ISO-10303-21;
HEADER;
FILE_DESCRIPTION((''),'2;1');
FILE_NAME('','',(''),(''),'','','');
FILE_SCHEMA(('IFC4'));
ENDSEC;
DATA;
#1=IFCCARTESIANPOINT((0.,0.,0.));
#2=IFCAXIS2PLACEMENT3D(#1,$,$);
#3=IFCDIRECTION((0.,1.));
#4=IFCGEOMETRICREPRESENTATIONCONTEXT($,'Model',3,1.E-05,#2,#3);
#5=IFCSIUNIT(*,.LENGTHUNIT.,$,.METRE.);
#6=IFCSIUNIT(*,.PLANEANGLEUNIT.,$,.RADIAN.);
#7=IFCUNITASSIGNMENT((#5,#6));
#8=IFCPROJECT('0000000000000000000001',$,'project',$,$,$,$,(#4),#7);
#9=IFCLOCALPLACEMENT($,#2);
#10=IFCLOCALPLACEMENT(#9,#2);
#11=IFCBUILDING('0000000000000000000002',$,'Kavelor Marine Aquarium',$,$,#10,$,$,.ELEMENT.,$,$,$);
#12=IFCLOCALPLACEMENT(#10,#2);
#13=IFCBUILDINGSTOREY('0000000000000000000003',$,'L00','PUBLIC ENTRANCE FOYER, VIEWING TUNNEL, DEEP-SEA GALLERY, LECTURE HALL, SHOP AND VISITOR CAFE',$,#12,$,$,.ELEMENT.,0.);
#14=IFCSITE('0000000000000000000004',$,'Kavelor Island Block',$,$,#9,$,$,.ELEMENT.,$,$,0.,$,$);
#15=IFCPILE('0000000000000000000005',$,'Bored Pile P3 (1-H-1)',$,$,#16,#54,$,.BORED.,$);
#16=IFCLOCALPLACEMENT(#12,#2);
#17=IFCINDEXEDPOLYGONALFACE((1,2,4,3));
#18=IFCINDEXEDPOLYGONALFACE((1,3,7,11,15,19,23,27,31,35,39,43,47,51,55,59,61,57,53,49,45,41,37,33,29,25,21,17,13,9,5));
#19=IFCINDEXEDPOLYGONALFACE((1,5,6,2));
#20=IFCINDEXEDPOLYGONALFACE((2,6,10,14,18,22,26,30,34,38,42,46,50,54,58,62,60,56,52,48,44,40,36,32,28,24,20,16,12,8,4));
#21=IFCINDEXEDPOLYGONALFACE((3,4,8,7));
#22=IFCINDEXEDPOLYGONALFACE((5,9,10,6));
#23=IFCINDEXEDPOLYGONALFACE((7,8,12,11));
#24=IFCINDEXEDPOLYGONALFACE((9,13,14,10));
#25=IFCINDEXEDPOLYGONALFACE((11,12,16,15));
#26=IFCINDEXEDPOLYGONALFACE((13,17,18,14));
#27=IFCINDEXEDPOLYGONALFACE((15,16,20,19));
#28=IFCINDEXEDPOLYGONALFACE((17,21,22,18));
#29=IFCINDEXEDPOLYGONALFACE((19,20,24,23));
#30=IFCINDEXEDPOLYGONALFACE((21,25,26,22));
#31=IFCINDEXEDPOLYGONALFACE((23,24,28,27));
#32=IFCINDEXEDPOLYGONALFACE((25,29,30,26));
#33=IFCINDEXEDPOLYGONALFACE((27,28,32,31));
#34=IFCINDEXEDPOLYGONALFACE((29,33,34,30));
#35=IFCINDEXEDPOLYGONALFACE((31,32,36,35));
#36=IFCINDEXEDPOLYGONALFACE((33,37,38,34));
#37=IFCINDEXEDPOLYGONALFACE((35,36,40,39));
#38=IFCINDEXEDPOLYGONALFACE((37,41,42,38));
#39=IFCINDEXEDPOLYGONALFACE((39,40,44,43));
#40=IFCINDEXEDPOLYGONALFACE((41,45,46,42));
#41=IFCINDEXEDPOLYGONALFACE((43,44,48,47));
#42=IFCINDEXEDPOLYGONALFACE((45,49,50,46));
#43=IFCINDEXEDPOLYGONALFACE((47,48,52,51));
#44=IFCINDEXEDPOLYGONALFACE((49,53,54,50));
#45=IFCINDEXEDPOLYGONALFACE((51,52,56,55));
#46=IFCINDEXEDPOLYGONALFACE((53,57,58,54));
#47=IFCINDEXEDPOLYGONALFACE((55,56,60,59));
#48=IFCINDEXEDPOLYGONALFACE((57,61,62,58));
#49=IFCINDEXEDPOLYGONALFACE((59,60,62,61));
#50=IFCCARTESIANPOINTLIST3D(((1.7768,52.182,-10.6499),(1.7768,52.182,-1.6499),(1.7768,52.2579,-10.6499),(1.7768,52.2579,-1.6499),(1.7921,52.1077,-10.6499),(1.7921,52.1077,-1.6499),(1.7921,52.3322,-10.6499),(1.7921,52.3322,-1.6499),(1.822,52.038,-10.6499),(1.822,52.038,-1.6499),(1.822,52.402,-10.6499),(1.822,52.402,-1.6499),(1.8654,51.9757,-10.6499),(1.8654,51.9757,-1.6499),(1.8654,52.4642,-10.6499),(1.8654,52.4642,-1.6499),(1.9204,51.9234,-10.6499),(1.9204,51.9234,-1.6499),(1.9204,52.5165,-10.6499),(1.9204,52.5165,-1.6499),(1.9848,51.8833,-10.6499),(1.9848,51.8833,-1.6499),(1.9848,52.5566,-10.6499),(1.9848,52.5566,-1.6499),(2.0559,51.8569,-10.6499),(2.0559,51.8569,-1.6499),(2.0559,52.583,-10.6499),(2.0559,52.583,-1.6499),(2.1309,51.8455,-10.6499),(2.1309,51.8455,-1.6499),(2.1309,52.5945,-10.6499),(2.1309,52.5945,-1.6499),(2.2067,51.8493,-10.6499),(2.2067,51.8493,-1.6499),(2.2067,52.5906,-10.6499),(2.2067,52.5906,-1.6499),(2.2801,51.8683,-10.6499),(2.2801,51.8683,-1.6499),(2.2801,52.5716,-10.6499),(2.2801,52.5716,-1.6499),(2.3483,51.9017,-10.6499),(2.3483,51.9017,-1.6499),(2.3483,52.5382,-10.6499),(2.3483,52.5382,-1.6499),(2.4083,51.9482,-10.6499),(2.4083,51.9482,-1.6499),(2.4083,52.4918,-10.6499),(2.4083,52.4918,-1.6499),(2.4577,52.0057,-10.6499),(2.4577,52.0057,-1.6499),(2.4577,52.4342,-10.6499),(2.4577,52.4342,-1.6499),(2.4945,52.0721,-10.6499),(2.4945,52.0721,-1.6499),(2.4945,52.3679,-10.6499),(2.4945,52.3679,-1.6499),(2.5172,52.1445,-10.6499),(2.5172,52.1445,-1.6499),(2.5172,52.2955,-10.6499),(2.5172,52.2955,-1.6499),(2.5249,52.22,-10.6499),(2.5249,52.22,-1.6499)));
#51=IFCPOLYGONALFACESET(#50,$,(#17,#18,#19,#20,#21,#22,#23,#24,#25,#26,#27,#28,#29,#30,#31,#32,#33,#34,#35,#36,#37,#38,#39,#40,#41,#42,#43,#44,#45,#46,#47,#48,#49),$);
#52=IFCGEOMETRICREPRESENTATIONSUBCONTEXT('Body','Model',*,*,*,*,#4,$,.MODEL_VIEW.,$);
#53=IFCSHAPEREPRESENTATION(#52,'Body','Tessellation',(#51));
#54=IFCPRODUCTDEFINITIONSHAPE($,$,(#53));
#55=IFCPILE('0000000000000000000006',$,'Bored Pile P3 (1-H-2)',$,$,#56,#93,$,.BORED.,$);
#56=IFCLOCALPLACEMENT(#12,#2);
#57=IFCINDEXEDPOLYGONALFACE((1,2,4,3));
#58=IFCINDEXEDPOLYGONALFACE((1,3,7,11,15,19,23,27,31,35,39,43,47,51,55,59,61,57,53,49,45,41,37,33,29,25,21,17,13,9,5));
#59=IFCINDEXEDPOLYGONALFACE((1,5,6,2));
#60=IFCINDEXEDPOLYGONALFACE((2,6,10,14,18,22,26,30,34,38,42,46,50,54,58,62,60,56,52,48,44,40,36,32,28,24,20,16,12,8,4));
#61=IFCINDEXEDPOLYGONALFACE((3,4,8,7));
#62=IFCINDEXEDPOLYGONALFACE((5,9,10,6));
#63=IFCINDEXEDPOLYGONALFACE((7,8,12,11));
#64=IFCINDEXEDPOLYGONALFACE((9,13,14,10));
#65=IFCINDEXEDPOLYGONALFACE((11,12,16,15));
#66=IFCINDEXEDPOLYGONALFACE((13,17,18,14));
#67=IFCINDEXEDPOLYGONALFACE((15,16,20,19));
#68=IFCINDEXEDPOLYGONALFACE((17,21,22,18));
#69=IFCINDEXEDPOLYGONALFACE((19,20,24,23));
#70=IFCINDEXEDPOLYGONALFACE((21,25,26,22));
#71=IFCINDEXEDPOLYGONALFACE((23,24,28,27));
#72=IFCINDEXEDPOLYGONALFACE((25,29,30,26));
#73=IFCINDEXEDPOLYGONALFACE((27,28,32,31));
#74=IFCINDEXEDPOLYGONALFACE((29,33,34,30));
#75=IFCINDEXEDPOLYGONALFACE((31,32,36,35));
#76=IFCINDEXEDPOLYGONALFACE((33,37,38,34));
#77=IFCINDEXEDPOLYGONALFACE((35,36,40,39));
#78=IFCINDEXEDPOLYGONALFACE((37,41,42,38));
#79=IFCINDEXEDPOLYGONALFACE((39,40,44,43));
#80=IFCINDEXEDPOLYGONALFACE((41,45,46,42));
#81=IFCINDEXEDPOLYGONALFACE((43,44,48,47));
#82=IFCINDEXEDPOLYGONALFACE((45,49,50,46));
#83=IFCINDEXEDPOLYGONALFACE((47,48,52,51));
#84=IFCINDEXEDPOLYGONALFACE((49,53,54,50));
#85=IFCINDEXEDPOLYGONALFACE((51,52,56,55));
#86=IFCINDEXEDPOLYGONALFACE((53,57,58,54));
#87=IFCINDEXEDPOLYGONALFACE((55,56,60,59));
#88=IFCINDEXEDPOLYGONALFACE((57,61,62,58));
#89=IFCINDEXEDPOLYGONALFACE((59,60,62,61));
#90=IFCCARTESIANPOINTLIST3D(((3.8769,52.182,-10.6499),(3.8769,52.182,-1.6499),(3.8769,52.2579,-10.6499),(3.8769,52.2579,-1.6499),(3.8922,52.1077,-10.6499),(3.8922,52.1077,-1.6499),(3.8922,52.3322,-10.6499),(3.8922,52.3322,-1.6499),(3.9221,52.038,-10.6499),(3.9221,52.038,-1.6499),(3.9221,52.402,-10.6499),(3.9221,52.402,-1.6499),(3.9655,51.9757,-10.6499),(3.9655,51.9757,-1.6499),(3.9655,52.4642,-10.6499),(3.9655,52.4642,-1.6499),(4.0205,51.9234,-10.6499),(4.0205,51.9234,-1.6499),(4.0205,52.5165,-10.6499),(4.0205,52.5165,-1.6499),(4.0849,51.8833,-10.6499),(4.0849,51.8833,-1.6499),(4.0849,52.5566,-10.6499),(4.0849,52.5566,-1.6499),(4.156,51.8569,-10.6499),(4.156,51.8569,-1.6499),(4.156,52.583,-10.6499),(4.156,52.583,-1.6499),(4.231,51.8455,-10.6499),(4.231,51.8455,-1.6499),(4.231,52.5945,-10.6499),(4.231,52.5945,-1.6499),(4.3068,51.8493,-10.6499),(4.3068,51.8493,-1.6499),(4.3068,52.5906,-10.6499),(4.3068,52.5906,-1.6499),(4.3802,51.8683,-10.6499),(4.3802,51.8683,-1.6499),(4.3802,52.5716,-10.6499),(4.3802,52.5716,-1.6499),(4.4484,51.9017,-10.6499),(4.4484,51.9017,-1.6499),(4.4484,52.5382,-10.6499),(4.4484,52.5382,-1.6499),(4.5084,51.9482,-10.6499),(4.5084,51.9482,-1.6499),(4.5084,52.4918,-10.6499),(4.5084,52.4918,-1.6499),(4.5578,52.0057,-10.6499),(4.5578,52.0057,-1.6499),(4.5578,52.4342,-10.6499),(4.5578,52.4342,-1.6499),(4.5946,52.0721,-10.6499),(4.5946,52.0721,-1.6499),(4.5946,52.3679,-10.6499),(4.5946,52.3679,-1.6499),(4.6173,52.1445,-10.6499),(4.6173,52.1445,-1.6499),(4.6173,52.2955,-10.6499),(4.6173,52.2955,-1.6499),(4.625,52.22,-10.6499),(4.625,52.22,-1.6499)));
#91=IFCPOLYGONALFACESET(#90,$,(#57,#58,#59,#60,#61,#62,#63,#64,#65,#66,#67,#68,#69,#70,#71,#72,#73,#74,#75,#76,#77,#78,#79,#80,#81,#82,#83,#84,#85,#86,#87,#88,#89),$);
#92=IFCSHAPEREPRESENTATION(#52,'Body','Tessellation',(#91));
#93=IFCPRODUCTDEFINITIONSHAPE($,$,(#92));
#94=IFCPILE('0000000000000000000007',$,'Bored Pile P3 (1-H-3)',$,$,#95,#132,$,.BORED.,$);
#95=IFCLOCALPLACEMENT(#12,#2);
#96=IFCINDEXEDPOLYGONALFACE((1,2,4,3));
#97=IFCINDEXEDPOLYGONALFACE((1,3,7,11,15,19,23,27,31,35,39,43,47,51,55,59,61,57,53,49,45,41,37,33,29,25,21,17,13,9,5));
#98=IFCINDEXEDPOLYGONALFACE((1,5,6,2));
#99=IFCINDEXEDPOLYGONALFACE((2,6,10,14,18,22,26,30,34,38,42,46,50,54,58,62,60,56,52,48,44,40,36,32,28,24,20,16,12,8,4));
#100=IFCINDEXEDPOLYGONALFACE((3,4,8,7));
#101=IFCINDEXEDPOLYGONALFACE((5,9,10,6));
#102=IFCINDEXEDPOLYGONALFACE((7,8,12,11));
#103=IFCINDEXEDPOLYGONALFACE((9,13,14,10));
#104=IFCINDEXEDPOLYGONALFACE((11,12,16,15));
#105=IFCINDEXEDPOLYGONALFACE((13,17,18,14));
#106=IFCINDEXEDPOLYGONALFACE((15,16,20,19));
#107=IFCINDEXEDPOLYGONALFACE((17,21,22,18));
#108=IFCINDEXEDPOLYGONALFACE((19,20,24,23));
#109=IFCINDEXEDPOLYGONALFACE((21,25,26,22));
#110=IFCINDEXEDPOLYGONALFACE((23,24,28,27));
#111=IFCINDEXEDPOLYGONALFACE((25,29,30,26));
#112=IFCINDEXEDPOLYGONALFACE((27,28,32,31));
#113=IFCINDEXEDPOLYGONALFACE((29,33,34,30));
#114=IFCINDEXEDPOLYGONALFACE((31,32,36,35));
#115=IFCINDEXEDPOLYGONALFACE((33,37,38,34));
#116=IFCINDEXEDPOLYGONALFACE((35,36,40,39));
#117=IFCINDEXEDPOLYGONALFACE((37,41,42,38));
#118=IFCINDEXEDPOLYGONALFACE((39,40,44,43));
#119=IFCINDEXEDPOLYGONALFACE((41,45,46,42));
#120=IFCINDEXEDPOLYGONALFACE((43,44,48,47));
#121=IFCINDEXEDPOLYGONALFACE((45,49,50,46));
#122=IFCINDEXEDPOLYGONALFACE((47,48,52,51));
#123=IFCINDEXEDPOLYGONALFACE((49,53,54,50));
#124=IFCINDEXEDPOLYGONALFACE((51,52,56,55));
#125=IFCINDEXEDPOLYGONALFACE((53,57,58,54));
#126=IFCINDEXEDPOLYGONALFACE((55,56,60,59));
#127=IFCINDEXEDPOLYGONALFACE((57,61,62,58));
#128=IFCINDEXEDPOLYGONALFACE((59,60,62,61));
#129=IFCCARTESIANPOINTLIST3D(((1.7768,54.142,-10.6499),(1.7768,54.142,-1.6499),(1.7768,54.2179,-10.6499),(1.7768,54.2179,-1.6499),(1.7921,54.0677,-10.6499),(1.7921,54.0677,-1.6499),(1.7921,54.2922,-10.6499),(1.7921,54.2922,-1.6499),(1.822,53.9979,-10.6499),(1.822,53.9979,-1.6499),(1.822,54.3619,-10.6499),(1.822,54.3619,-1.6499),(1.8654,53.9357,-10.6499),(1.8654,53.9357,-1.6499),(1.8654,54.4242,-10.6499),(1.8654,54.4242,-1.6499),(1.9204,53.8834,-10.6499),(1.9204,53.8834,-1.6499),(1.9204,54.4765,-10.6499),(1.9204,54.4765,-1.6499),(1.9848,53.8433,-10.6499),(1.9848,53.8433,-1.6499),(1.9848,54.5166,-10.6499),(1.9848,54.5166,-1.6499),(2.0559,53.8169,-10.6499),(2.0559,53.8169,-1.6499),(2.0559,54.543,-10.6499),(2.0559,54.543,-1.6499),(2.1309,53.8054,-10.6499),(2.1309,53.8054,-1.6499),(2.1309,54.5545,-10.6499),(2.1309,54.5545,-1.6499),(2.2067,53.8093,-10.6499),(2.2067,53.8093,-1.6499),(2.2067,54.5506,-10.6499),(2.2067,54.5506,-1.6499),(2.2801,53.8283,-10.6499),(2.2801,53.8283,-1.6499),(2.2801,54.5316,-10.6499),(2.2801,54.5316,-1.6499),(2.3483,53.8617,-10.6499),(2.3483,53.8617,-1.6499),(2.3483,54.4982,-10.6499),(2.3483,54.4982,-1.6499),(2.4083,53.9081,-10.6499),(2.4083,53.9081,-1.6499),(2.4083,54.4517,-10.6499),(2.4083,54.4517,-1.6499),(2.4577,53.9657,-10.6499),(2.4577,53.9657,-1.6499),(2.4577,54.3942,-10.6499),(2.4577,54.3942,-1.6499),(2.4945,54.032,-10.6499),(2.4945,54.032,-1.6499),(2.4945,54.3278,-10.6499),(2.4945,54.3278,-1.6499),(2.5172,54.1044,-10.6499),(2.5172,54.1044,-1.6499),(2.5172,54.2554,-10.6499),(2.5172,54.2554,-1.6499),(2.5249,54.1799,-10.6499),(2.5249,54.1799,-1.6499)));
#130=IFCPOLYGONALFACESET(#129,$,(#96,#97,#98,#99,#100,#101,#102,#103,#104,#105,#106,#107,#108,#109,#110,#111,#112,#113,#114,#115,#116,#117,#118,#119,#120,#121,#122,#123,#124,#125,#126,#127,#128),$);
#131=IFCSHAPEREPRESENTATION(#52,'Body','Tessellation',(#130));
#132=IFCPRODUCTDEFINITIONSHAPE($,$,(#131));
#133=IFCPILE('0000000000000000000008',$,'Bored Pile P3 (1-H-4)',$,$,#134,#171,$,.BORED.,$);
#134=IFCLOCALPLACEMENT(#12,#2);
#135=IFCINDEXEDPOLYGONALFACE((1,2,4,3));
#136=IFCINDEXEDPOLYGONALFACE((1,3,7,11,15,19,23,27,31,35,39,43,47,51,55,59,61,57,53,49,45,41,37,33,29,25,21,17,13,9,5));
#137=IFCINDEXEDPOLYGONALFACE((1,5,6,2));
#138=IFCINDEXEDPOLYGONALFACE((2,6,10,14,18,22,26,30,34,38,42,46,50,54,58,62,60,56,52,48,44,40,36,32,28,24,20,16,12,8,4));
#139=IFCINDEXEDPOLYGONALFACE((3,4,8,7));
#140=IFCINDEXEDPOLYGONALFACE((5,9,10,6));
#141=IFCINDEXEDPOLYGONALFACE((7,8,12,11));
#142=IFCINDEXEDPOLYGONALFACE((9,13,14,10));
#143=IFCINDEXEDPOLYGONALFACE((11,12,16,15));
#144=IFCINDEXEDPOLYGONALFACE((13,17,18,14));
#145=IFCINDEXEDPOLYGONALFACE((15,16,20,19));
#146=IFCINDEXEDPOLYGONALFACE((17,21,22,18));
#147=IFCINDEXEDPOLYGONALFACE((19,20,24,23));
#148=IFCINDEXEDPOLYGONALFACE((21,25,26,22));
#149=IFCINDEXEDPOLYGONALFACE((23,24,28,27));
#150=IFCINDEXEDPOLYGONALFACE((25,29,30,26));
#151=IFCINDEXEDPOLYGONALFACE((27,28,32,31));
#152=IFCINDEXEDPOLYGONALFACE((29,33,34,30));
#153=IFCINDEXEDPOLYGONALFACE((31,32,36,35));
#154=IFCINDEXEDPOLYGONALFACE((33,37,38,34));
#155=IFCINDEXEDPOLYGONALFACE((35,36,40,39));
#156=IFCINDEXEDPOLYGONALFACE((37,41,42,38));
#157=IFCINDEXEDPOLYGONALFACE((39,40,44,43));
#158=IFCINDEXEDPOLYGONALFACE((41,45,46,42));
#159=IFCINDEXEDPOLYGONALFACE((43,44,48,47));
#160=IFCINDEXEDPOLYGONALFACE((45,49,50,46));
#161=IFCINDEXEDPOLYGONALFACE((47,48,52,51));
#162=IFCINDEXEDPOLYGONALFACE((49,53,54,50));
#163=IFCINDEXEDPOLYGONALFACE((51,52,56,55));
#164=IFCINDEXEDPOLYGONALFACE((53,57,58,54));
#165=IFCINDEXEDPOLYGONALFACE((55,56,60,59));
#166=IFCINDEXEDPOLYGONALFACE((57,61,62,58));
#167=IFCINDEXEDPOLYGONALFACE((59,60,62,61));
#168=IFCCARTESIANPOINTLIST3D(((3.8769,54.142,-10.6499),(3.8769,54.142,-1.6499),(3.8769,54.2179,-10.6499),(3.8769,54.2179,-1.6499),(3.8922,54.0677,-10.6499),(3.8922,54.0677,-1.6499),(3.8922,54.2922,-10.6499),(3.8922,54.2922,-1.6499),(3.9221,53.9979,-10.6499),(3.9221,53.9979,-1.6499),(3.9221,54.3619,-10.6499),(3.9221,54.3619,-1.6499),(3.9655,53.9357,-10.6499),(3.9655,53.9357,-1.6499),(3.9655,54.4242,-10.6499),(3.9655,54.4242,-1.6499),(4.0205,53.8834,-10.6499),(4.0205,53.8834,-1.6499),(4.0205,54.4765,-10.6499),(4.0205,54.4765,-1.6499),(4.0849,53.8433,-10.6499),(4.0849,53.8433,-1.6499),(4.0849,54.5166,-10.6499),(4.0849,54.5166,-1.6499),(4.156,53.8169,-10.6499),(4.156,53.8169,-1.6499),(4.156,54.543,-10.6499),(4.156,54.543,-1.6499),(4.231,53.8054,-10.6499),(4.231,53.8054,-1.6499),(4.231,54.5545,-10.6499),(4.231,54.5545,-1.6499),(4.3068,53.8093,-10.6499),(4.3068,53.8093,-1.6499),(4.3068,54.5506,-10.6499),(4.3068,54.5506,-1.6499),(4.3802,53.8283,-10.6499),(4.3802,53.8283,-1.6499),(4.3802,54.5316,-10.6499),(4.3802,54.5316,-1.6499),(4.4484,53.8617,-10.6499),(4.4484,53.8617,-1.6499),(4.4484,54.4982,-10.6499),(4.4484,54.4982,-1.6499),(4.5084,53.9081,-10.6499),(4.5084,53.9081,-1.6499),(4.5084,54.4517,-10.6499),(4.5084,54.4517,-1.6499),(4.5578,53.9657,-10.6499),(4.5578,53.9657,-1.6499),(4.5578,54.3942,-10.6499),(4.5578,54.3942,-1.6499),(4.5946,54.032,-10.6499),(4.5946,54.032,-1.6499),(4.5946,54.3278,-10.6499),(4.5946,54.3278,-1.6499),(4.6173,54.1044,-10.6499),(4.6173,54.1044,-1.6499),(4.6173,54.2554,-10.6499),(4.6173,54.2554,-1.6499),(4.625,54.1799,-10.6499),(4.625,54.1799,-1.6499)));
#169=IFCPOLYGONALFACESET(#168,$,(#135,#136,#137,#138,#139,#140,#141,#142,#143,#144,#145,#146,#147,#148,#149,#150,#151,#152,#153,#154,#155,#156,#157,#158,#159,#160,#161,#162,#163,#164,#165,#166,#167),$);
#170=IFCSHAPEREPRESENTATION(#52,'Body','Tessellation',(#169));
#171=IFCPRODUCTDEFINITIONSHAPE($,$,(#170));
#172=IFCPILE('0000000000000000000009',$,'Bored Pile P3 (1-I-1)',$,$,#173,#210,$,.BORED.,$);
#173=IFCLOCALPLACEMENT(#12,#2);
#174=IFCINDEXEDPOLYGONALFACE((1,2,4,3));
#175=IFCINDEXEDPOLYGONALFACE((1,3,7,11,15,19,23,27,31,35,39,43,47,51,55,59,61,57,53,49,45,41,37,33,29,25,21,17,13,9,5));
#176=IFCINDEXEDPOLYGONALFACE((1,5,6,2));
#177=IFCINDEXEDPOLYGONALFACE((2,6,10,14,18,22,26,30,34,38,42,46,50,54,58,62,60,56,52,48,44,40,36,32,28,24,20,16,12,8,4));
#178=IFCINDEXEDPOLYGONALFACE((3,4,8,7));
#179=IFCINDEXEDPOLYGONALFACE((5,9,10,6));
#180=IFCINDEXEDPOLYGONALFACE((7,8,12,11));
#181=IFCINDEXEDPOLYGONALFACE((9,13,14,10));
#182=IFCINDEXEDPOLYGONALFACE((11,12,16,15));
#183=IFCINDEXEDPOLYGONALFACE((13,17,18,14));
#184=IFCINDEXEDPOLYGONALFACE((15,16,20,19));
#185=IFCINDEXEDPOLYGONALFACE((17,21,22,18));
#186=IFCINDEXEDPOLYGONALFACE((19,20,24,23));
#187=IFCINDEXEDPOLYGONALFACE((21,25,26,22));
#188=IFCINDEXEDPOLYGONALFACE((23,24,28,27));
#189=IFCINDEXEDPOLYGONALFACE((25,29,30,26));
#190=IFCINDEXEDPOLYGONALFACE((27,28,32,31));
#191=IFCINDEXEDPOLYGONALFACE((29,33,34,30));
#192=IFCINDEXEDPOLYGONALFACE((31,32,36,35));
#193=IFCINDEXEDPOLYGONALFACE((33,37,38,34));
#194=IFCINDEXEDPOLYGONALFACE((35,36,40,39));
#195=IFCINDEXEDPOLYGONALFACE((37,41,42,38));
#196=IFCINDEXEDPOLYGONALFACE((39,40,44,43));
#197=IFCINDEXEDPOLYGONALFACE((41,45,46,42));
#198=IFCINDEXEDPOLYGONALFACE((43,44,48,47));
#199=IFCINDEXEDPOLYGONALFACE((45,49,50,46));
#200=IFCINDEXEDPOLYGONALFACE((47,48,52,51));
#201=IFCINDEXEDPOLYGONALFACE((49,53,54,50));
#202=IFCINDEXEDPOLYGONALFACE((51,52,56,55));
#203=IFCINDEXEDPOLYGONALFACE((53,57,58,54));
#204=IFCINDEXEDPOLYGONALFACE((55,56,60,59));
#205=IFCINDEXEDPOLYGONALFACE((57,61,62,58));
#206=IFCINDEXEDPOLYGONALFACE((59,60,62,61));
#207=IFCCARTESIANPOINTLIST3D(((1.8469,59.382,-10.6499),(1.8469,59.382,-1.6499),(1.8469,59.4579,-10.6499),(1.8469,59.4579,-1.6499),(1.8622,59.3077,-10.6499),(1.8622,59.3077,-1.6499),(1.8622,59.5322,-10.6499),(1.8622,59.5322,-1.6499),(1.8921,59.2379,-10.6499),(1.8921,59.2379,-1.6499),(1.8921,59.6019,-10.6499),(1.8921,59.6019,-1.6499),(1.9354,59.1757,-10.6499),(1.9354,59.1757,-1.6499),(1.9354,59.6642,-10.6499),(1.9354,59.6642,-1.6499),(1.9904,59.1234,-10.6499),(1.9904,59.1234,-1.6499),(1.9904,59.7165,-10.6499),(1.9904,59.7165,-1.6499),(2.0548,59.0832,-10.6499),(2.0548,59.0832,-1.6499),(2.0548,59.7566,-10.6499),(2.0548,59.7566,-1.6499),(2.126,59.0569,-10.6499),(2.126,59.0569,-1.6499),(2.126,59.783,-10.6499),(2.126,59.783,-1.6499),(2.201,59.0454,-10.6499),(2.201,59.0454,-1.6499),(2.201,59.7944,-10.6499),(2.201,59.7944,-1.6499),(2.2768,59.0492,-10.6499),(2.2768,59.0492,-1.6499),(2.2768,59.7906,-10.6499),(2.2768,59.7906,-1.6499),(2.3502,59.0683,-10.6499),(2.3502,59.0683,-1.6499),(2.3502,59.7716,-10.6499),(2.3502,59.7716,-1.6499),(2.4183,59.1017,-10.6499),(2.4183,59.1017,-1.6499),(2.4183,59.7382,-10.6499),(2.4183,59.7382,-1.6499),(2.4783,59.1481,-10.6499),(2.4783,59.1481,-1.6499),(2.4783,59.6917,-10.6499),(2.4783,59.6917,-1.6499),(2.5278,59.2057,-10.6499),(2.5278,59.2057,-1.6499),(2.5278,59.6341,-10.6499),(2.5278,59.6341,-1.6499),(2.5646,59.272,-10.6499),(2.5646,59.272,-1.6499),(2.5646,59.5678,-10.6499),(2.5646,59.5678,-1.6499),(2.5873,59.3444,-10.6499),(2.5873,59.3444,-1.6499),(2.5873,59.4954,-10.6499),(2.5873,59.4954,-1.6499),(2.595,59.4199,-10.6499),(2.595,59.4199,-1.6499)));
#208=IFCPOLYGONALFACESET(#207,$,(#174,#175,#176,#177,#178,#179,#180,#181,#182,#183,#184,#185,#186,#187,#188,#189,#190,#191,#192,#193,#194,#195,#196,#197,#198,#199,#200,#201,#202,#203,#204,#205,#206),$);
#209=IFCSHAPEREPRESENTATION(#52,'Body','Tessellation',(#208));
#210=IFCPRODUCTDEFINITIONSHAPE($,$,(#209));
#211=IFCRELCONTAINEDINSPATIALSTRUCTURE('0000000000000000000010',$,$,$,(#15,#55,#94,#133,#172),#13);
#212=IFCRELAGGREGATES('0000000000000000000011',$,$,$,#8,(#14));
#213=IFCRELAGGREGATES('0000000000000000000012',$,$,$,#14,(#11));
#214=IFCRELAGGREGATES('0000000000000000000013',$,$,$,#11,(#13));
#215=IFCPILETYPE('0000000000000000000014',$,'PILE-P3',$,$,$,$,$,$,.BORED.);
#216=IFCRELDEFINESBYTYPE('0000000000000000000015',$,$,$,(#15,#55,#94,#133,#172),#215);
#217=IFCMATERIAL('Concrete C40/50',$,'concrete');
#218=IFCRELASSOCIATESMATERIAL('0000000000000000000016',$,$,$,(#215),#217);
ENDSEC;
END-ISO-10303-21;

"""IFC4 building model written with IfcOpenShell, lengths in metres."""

from ifc_helpers import new_model, si_unit, direction, frame, origin, origin_2d, place, context, subcontext, project, spatial, circle, extrude, material, material_profile, profile_set, type_object, element, save


model = new_model("IFC4")

# Units and contexts
model_context = context("Model", 3, precision=1e-05, world=origin(), true_north=direction((0.0, 1.0)))
body_context = subcontext(model_context, "Body", "Model", "MODEL_VIEW")
ifc_project = project(units=[si_unit("LENGTHUNIT", "METRE"), si_unit("PLANEANGLEUNIT", "RADIAN")], contexts=[model_context])

# Site, building, storey
site_placement = place(None, origin())
site = spatial("IfcSite", under=ifc_project, at=site_placement, Name="Kavelor Island Block", CompositionType="ELEMENT", RefElevation=0.0)
building_placement = place(site_placement, origin())
building = spatial("IfcBuilding", under=site, at=building_placement, Name="Kavelor Marine Aquarium", CompositionType="ELEMENT")
storey_placement = place(building_placement, origin())
storey = spatial("IfcBuildingStorey", under=building, at=storey_placement, Name="L00", Description="PUBLIC ENTRANCE FOYER, VIEWING TUNNEL, DEEP-SEA GALLERY, LECTURE HALL, SHOP AND VISITOR CAFE", CompositionType="ELEMENT", Elevation=0.0)

# Piles
ifc_material_1 = material(Name="Concrete C40/50", Category="concrete")
ifc_material_profile_1 = material_profile(ifc_material_1, circle(Radius=0.375, at=origin_2d()), Name="PILE D750")
ifc_profile_set_1 = profile_set([ifc_material_profile_1], Name="Concrete C40/50")
pile_type_1 = type_object("IfcPileType", Name="PILE-P3", PredefinedType="BORED", material=ifc_profile_set_1)
for number, where, z_axis, x_axis, name in (
    (1, (2.1499, 52.22, -1.6499), (0.0, 0.0, -1.0), (1.0, 0.0, 0.0), "Bored Pile P3 (1-H-1)"),
    (2, (4.25, 52.22, -1.6499), (0.0, 0.0, -1.0), (1.0, 0.0, 0.0), "Bored Pile P3 (1-H-2)"),
    (3, (2.1499, 54.1799, -1.6499), (0.0, 0.0, -1.0), (1.0, 0.0, 0.0), "Bored Pile P3 (1-H-3)"),
    (4, (4.25, 54.1799, -1.6499), (0.0, 0.0, -1.0), (1.0, 0.0, 0.0), "Bored Pile P3 (1-H-4)"),
    (5, (2.22, 59.4199, -1.6499), (0.0, 0.0, -1.0), (1.0, 0.0, 0.0), "Bored Pile P3 (1-I-1)"),
):
    element("IfcPile", number, at=place(storey_placement, frame(where, z_axis=z_axis, x_axis=x_axis)), inside=storey, type_object=pile_type_1, Name=name, PredefinedType="BORED", context=body_context, shape_type="SweptSolid", body=[
        extrude(circle(Radius=0.375, at=origin_2d()), origin(), (0.0, 0.0, 1.0), 9.0),
    ])

save(model, "model.ifc")
